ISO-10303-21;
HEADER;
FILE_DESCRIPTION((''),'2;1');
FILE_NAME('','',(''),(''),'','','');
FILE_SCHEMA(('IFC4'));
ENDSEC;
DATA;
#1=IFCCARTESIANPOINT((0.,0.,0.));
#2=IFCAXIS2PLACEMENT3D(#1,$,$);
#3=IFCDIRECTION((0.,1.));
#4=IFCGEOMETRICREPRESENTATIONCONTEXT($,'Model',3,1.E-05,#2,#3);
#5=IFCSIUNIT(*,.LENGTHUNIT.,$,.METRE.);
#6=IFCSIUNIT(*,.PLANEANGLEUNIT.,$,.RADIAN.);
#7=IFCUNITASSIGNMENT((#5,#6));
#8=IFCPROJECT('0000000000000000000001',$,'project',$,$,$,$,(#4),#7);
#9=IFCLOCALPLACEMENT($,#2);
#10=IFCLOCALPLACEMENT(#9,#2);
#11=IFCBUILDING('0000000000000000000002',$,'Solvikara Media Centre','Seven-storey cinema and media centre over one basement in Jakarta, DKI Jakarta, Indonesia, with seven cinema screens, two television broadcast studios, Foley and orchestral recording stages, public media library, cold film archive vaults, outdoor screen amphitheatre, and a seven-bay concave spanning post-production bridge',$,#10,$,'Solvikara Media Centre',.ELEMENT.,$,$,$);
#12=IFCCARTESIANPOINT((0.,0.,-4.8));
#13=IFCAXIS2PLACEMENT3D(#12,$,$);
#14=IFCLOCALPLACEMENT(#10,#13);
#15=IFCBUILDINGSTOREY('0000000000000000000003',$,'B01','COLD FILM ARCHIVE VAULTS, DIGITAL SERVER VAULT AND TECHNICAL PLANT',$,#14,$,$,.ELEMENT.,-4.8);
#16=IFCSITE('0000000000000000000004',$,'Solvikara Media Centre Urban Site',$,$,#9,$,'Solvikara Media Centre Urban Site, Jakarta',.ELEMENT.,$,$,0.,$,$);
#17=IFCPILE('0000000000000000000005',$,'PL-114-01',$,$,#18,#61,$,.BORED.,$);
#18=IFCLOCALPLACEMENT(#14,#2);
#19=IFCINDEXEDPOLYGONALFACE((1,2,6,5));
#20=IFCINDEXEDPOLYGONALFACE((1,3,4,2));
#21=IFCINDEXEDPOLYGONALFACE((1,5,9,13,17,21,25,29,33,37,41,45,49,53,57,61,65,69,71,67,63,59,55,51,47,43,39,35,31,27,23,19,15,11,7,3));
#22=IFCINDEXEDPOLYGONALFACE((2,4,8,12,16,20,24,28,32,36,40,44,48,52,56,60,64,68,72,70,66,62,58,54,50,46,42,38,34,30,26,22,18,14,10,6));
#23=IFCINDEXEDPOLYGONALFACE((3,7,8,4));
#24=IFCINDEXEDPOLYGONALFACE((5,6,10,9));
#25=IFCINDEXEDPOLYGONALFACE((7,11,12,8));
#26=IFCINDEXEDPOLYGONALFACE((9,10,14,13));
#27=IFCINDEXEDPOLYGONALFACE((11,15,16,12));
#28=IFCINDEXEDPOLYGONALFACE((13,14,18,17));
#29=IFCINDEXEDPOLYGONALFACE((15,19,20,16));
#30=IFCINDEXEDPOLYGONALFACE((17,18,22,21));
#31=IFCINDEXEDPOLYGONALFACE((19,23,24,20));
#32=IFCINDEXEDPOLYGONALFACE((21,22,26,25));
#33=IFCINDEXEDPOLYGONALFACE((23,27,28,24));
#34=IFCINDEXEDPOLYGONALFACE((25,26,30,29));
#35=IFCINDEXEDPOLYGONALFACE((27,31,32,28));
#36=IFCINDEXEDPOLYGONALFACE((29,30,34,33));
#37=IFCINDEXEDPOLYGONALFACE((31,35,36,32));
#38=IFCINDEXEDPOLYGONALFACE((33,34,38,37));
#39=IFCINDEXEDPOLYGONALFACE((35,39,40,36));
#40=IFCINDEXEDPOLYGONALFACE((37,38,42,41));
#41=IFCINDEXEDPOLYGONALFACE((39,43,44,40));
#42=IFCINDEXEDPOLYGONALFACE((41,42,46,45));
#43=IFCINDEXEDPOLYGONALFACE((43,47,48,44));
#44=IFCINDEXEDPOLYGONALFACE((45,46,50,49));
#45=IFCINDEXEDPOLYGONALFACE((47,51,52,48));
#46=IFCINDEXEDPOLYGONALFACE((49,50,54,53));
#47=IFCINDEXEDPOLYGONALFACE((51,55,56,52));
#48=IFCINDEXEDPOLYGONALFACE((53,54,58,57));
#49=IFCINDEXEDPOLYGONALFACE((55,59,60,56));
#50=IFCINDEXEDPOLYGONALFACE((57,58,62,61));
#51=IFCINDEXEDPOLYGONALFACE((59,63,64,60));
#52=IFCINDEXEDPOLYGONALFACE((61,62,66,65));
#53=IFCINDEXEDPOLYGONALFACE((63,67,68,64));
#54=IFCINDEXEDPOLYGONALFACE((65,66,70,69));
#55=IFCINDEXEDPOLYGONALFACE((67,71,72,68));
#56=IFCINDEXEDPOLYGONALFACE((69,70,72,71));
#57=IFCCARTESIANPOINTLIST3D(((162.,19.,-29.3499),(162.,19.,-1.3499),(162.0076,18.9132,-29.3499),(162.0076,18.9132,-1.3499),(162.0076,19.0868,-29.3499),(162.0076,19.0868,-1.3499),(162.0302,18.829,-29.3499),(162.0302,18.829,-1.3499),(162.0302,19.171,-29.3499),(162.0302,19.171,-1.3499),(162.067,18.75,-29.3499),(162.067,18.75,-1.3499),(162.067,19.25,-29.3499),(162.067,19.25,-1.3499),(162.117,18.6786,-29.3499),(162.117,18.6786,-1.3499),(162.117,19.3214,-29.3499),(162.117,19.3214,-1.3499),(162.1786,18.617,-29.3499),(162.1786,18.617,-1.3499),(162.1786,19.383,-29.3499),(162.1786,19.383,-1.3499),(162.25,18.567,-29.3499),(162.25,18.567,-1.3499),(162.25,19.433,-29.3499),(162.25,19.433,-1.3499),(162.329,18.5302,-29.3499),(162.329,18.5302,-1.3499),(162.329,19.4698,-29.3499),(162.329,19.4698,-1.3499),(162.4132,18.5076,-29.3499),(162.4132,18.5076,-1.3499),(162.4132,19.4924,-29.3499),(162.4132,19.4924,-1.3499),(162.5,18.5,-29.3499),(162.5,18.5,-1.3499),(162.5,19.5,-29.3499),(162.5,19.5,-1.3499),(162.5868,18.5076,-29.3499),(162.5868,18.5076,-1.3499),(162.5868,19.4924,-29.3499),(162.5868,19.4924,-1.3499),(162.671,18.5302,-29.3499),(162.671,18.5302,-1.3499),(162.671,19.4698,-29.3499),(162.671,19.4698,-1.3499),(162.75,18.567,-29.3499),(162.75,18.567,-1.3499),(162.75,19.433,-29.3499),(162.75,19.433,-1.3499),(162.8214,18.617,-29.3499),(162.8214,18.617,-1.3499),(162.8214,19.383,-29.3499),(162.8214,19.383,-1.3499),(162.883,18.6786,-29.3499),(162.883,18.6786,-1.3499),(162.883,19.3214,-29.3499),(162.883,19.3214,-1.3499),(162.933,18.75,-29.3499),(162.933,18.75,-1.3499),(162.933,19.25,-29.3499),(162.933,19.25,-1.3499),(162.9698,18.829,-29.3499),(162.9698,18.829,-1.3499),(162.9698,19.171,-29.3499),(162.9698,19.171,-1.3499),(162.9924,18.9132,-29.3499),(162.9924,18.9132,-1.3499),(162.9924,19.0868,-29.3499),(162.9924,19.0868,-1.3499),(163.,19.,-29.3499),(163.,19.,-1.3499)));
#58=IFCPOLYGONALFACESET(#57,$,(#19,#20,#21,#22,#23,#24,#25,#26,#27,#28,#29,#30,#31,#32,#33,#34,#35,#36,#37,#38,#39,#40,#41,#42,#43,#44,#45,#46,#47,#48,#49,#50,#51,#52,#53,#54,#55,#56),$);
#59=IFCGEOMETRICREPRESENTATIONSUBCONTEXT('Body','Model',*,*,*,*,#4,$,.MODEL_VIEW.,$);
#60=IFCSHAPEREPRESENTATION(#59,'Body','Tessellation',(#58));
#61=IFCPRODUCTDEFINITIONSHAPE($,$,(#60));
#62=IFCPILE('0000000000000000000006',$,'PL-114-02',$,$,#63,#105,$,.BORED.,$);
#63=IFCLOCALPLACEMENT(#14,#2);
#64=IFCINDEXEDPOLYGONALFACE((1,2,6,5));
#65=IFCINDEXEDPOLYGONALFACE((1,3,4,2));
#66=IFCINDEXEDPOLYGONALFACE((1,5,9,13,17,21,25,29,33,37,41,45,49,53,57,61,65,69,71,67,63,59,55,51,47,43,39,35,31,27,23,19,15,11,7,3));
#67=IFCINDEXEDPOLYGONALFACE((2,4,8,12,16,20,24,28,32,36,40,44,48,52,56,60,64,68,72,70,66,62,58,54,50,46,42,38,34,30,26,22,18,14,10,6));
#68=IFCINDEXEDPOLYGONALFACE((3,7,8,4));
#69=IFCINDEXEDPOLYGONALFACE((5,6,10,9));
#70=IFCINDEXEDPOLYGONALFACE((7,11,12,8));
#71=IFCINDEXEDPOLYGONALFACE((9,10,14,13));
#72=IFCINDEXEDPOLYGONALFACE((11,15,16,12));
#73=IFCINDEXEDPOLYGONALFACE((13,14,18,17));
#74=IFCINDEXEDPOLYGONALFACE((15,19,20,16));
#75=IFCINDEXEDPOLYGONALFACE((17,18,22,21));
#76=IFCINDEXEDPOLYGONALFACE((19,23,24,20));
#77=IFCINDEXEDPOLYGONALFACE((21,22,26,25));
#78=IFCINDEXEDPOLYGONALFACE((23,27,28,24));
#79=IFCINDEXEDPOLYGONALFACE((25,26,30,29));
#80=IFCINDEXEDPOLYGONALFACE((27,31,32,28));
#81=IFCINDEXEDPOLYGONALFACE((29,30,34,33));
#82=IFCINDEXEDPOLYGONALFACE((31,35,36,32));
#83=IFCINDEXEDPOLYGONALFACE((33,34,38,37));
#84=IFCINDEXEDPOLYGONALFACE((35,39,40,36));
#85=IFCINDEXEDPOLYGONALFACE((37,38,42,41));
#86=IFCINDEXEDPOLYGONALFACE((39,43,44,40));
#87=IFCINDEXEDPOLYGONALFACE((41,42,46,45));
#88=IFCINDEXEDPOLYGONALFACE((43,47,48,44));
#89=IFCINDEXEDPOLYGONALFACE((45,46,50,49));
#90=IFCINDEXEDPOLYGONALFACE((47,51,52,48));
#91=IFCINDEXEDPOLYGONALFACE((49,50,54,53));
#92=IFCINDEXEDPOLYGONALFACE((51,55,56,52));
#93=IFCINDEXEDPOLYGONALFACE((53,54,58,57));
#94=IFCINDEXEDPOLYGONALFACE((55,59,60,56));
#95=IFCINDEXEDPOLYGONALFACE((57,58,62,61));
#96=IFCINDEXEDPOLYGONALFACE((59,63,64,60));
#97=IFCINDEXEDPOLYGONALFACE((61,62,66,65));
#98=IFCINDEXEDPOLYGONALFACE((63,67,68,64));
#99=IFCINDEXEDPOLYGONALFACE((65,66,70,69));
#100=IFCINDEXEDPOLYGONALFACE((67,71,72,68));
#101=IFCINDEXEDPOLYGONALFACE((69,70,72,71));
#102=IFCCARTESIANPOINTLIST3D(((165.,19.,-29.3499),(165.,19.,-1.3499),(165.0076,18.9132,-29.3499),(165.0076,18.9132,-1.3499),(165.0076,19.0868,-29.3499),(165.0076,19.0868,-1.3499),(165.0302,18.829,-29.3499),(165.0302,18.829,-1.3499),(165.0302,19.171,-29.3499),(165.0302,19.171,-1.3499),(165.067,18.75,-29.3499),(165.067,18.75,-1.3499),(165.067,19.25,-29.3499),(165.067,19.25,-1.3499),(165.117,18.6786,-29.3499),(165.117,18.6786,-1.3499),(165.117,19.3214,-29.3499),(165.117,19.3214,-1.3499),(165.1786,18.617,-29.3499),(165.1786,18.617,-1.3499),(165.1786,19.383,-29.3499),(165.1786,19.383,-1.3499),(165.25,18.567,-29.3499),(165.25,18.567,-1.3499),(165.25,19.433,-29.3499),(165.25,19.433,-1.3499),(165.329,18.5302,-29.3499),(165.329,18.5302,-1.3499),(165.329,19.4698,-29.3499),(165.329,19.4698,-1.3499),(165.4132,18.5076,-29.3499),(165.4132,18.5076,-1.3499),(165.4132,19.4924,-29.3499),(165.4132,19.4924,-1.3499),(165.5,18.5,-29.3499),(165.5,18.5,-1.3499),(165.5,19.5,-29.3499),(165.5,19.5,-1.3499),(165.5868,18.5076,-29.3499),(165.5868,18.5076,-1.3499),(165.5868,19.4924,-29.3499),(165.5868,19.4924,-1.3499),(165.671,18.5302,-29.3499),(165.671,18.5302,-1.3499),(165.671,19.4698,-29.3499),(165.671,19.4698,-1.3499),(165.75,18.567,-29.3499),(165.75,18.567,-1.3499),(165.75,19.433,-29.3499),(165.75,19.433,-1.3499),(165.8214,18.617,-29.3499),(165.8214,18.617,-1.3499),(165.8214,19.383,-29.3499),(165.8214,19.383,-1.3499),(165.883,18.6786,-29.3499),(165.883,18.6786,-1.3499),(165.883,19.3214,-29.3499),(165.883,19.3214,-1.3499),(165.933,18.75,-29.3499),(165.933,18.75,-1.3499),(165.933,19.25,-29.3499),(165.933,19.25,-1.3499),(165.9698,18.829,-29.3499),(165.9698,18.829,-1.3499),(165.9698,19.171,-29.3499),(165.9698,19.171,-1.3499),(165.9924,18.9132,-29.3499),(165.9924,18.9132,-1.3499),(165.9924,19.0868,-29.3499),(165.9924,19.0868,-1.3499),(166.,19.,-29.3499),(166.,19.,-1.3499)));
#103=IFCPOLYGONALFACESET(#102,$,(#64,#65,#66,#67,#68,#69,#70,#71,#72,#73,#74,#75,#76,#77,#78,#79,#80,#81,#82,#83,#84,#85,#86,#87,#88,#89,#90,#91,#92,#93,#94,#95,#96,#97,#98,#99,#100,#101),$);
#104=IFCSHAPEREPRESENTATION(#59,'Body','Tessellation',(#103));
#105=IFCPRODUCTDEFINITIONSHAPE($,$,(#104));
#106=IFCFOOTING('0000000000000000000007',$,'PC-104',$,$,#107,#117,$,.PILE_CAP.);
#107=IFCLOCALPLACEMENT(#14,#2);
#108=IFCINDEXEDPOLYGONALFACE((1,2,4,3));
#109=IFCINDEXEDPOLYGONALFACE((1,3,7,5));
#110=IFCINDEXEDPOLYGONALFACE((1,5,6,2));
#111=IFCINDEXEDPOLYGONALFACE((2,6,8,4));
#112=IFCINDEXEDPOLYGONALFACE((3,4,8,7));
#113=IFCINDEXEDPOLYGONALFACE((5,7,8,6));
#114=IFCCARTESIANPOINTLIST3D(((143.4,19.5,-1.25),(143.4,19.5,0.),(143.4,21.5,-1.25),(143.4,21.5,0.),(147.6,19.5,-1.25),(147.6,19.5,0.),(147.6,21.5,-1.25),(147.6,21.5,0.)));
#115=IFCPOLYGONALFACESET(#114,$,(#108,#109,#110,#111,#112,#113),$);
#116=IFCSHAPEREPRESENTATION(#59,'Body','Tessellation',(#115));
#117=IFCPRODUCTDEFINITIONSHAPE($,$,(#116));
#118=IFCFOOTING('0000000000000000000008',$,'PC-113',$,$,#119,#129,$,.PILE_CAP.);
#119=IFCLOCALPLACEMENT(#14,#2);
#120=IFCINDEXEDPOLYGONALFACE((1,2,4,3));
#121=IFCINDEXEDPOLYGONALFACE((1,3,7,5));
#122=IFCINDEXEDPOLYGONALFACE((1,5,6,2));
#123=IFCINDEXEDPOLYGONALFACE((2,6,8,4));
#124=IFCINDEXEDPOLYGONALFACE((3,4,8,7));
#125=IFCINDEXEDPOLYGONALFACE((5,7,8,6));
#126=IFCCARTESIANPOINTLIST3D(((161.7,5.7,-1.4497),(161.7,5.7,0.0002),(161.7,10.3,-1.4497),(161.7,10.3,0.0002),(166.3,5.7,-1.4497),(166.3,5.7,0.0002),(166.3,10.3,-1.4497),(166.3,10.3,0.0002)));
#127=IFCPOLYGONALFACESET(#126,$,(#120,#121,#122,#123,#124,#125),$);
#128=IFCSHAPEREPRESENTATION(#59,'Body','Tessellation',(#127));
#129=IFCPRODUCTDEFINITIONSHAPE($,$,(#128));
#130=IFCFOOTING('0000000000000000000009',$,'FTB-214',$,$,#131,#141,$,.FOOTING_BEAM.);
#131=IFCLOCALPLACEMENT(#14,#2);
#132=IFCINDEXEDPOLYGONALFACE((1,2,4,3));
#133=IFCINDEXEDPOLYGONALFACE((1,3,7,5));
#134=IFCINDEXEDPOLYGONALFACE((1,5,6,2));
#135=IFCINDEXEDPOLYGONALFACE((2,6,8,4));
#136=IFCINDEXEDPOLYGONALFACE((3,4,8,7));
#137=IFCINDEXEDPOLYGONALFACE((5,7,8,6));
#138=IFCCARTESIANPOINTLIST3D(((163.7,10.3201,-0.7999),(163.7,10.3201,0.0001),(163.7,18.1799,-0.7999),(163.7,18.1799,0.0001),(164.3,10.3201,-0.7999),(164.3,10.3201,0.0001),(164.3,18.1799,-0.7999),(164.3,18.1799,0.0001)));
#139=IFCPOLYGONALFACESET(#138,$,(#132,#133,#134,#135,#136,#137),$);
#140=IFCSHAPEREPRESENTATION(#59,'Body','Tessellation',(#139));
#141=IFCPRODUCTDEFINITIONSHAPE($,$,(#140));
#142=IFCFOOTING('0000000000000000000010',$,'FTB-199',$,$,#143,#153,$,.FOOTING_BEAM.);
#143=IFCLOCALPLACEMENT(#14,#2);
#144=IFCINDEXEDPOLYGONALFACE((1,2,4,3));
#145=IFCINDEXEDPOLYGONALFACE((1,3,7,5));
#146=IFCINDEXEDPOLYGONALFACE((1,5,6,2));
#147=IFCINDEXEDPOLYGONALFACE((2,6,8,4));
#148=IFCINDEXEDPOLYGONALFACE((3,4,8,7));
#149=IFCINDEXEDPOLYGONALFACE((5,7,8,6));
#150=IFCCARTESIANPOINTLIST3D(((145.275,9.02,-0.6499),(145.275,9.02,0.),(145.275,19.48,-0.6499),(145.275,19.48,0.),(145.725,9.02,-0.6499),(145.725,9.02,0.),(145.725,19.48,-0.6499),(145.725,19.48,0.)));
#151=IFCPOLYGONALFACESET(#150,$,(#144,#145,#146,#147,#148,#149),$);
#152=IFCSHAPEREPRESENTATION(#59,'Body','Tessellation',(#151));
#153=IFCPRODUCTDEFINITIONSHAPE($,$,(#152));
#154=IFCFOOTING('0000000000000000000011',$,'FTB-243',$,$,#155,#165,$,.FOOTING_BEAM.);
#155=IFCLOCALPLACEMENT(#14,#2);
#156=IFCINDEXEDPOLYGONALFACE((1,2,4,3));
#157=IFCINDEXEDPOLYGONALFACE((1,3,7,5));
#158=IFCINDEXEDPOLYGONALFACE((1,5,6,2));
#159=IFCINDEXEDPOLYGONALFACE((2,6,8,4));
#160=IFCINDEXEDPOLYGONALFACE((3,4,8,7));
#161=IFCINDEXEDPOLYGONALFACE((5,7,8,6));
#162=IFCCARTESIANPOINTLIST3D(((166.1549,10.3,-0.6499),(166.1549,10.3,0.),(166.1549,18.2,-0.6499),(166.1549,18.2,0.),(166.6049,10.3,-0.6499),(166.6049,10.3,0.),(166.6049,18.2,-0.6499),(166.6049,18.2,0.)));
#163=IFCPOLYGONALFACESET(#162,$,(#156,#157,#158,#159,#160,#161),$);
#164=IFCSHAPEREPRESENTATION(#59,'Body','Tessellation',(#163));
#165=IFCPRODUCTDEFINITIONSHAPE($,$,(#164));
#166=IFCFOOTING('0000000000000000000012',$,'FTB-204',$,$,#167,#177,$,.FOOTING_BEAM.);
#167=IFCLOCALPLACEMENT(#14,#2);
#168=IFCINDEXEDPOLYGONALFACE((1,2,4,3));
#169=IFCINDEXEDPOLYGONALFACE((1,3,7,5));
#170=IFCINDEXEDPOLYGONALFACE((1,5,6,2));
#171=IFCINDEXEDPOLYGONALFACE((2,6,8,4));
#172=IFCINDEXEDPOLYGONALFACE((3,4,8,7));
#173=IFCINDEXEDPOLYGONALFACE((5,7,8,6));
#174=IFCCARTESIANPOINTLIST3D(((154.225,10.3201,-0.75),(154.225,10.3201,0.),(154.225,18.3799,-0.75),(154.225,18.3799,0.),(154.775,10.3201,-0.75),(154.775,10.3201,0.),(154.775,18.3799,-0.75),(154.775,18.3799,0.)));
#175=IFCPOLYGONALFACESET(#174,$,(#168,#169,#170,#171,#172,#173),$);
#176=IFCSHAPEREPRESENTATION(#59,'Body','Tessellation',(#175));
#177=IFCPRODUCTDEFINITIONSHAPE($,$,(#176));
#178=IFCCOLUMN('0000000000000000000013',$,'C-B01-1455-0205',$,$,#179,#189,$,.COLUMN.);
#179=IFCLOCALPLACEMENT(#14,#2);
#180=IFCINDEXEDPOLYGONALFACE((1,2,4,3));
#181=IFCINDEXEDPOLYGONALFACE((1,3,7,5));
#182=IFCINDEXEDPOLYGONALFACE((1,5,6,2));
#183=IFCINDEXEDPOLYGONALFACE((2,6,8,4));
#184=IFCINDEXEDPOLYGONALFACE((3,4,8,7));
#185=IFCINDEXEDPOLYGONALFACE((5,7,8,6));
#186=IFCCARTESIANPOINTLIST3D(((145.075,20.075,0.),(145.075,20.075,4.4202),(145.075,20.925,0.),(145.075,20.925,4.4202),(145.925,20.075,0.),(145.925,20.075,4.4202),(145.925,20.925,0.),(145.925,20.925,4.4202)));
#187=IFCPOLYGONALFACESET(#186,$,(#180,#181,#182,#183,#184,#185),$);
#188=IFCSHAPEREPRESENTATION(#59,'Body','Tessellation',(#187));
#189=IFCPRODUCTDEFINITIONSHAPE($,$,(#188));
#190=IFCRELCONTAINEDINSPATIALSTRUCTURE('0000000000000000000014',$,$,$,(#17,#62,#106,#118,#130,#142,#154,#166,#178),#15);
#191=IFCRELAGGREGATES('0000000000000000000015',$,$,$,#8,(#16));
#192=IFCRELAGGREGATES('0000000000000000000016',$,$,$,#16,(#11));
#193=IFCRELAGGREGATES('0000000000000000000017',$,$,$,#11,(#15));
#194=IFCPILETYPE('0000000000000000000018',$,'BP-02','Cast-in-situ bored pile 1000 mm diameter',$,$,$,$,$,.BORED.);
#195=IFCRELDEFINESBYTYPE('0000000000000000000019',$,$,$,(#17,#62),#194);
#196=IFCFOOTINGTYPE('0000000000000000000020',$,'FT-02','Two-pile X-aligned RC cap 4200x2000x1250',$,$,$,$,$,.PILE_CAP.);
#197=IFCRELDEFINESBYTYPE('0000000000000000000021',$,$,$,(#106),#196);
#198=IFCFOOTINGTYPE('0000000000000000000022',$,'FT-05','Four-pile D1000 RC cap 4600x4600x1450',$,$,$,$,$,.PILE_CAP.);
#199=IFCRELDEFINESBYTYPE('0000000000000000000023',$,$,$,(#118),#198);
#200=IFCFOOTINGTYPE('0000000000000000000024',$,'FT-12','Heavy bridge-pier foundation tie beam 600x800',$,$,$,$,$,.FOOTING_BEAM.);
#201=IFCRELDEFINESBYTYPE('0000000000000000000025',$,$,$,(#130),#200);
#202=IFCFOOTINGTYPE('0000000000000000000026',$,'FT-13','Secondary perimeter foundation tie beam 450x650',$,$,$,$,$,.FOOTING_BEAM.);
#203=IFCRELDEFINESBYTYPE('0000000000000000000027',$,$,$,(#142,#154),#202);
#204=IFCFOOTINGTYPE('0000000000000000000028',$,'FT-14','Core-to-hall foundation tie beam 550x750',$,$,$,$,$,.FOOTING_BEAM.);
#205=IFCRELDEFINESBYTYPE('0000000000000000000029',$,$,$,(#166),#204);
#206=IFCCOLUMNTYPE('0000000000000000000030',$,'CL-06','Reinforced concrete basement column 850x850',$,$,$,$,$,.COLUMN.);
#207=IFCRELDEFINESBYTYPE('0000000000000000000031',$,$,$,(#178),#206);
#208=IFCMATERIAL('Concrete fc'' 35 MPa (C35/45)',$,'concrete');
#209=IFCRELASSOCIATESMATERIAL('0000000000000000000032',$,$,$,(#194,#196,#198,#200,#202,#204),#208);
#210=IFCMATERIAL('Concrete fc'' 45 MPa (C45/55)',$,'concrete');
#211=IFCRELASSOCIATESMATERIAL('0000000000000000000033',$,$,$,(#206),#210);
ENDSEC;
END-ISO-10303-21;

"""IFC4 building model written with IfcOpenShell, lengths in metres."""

from ifc_helpers import new_model, si_unit, direction, frame, origin, origin_2d, place, context, subcontext, project, spatial, rectangle, circle, extrude, material, material_profile, profile_set, type_object, element, save


model = new_model("IFC4")

# Units and contexts
model_context = context("Model", 3, precision=1e-05, world=origin(), true_north=direction((0.0, 1.0)))
body_context = subcontext(model_context, "Body", "Model", "MODEL_VIEW")
ifc_project = project(units=[si_unit("LENGTHUNIT", "METRE"), si_unit("PLANEANGLEUNIT", "RADIAN")], contexts=[model_context])

# Site, building, storey
site_placement = place(None, origin())
site = spatial("IfcSite", under=ifc_project, at=site_placement, Name="Solvikara Media Centre Urban Site", LongName="Solvikara Media Centre Urban Site, Jakarta", CompositionType="ELEMENT", RefElevation=0.0)
building_placement = place(site_placement, origin())
building = spatial("IfcBuilding", under=site, at=building_placement, Name="Solvikara Media Centre", Description="Seven-storey cinema and media centre over one basement in Jakarta, DKI Jakarta, Indonesia, with seven cinema screens, two television broadcast studios, Foley and orchestral recording stages, public media library, cold film archive vaults, outdoor screen amphitheatre, and a seven-bay concave spanning post-production bridge", LongName="Solvikara Media Centre", CompositionType="ELEMENT")
storey_placement = place(building_placement, frame((0.0, 0.0, -4.8)))
storey = spatial("IfcBuildingStorey", under=building, at=storey_placement, Name="B01", Description="COLD FILM ARCHIVE VAULTS, DIGITAL SERVER VAULT AND TECHNICAL PLANT", CompositionType="ELEMENT", Elevation=-4.8)

# Piles
ifc_material_1 = material(Name="Concrete fc' 35 MPa (C35/45)", Category="concrete")
ifc_material_profile_1 = material_profile(ifc_material_1, circle(Radius=0.5, at=origin_2d()), Name="BORED PILE D1000")
ifc_profile_set_1 = profile_set([ifc_material_profile_1], Name="Concrete fc' 35 MPa (C35/45)")
pile_type_1 = type_object("IfcPileType", Name="BP-02", Description="Cast-in-situ bored pile 1000 mm diameter", PredefinedType="BORED", material=ifc_profile_set_1)
for number, where, z_axis, x_axis, name in (
    (1, (162.5, 19.0, -1.3499), (0.0, 0.0, -1.0), (1.0, 0.0, 0.0), "PL-114-01"),
    (2, (165.5, 19.0, -1.3499), (0.0, 0.0, -1.0), (1.0, 0.0, 0.0), "PL-114-02"),
):
    element("IfcPile", number, at=place(storey_placement, frame(where, z_axis=z_axis, x_axis=x_axis)), inside=storey, type_object=pile_type_1, Name=name, PredefinedType="BORED", context=body_context, shape_type="SweptSolid", body=[
        extrude(circle(Radius=0.5, at=origin_2d()), origin(), (0.0, 0.0, 1.0), 28.0),
    ])

# Footings
footing_type_1 = type_object("IfcFootingType", Name="FT-02", Description="Two-pile X-aligned RC cap 4200x2000x1250", PredefinedType="PILE_CAP", material=ifc_material_1)
footing_1_placement = place(storey_placement, frame((145.5, 20.5, -1.25), z_axis=(0.0, 0.0, 1.0), x_axis=(1.0, 0.0, 0.0)))
element("IfcFooting", 3, at=footing_1_placement, inside=storey, type_object=footing_type_1, Name="PC-104", PredefinedType="PILE_CAP", context=body_context, shape_type="SweptSolid", body=[
    extrude(rectangle(XDim=4.2, YDim=2.0, at=origin_2d()), origin(), (0.0, 0.0, 1.0), 1.25),
])
footing_type_2 = type_object("IfcFootingType", Name="FT-05", Description="Four-pile D1000 RC cap 4600x4600x1450", PredefinedType="PILE_CAP", material=ifc_material_1)
footing_2_placement = place(storey_placement, frame((164.0, 8.0, -1.4497), z_axis=(0.0, 0.0, 1.0), x_axis=(1.0, 0.0, 0.0)))
element("IfcFooting", 4, at=footing_2_placement, inside=storey, type_object=footing_type_2, Name="PC-113", PredefinedType="PILE_CAP", context=body_context, shape_type="SweptSolid", body=[
    extrude(rectangle(XDim=4.6001, YDim=4.6001, at=origin_2d()), origin(), (0.0, 0.0, 1.0), 1.45),
])
ifc_material_profile_2 = material_profile(ifc_material_1, rectangle(XDim=0.6001, YDim=0.8, at=origin_2d()), Name="RC 600x800")
ifc_profile_set_2 = profile_set([ifc_material_profile_2], Name="Concrete fc' 35 MPa (C35/45)")
footing_type_3 = type_object("IfcFootingType", Name="FT-12", Description="Heavy bridge-pier foundation tie beam 600x800", PredefinedType="FOOTING_BEAM", material=ifc_profile_set_2)
footing_3_placement = place(storey_placement, frame((164.0, 10.3201, -0.3999), z_axis=(0.0, 1.0, 0.0), x_axis=(-1.0, 0.0, 0.0)))
element("IfcFooting", 5, at=footing_3_placement, inside=storey, type_object=footing_type_3, Name="FTB-214", PredefinedType="FOOTING_BEAM", context=body_context, shape_type="SweptSolid", body=[
    extrude(rectangle(XDim=0.6001, YDim=0.8, at=origin_2d()), origin(), (0.0, 0.0, 1.0), 7.8599),
])
ifc_material_profile_3 = material_profile(ifc_material_1, rectangle(XDim=0.45, YDim=0.6499, at=origin_2d()), Name="RC 450x650")
ifc_profile_set_3 = profile_set([ifc_material_profile_3], Name="Concrete fc' 35 MPa (C35/45)")
footing_type_4 = type_object("IfcFootingType", Name="FT-13", Description="Secondary perimeter foundation tie beam 450x650", PredefinedType="FOOTING_BEAM", material=ifc_profile_set_3)
footing_4_placement = place(storey_placement, frame((145.5, 9.02, -0.325), z_axis=(0.0, 1.0, 0.0), x_axis=(-1.0, 0.0, 0.0)))
element("IfcFooting", 6, at=footing_4_placement, inside=storey, type_object=footing_type_4, Name="FTB-199", PredefinedType="FOOTING_BEAM", context=body_context, shape_type="SweptSolid", body=[
    extrude(rectangle(XDim=0.45, YDim=0.6499, at=origin_2d()), origin(), (0.0, 0.0, 1.0), 10.46),
])
footing_5_placement = place(storey_placement, frame((166.3799, 10.3, -0.325), z_axis=(0.0, 1.0, 0.0), x_axis=(-1.0, 0.0, 0.0)))
element("IfcFooting", 7, at=footing_5_placement, inside=storey, type_object=footing_type_4, Name="FTB-243", PredefinedType="FOOTING_BEAM", context=body_context, shape_type="SweptSolid", body=[
    extrude(rectangle(XDim=0.45, YDim=0.6499, at=origin_2d()), origin(), (0.0, 0.0, 1.0), 7.8999),
])
ifc_material_profile_4 = material_profile(ifc_material_1, rectangle(XDim=0.55, YDim=0.75, at=origin_2d()), Name="RC 550x750")
ifc_profile_set_4 = profile_set([ifc_material_profile_4], Name="Concrete fc' 35 MPa (C35/45)")
footing_type_5 = type_object("IfcFootingType", Name="FT-14", Description="Core-to-hall foundation tie beam 550x750", PredefinedType="FOOTING_BEAM", material=ifc_profile_set_4)
footing_6_placement = place(storey_placement, frame((154.5, 10.3201, -0.375), z_axis=(0.0, 1.0, 0.0), x_axis=(-1.0, 0.0, 0.0)))
element("IfcFooting", 8, at=footing_6_placement, inside=storey, type_object=footing_type_5, Name="FTB-204", PredefinedType="FOOTING_BEAM", context=body_context, shape_type="SweptSolid", body=[
    extrude(rectangle(XDim=0.55, YDim=0.75, at=origin_2d()), origin(), (0.0, 0.0, 1.0), 8.0598),
])

# Column
ifc_material_2 = material(Name="Concrete fc' 45 MPa (C45/55)", Category="concrete")
ifc_material_profile_5 = material_profile(ifc_material_2, rectangle(XDim=0.8501, YDim=0.8501, at=origin_2d()), Name="RC 850x850")
ifc_profile_set_5 = profile_set([ifc_material_profile_5], Name="Concrete fc' 45 MPa (C45/55)")
column_type = type_object("IfcColumnType", Name="CL-06", Description="Reinforced concrete basement column 850x850", PredefinedType="COLUMN", material=ifc_profile_set_5)
for number, where, z_axis, x_axis, name in (
    (9, (145.5, 20.5, 0.0), (0.0, 0.0, 1.0), (1.0, 0.0, 0.0), "C-B01-1455-0205"),
):
    element("IfcColumn", number, at=place(storey_placement, frame(where, z_axis=z_axis, x_axis=x_axis)), inside=storey, type_object=column_type, Name=name, PredefinedType="COLUMN", context=body_context, shape_type="SweptSolid", body=[
        extrude(rectangle(XDim=0.8501, YDim=0.8501, at=origin_2d()), origin(), (0.0, 0.0, 1.0), 4.4202),
    ])

save(model, "model.ifc")
